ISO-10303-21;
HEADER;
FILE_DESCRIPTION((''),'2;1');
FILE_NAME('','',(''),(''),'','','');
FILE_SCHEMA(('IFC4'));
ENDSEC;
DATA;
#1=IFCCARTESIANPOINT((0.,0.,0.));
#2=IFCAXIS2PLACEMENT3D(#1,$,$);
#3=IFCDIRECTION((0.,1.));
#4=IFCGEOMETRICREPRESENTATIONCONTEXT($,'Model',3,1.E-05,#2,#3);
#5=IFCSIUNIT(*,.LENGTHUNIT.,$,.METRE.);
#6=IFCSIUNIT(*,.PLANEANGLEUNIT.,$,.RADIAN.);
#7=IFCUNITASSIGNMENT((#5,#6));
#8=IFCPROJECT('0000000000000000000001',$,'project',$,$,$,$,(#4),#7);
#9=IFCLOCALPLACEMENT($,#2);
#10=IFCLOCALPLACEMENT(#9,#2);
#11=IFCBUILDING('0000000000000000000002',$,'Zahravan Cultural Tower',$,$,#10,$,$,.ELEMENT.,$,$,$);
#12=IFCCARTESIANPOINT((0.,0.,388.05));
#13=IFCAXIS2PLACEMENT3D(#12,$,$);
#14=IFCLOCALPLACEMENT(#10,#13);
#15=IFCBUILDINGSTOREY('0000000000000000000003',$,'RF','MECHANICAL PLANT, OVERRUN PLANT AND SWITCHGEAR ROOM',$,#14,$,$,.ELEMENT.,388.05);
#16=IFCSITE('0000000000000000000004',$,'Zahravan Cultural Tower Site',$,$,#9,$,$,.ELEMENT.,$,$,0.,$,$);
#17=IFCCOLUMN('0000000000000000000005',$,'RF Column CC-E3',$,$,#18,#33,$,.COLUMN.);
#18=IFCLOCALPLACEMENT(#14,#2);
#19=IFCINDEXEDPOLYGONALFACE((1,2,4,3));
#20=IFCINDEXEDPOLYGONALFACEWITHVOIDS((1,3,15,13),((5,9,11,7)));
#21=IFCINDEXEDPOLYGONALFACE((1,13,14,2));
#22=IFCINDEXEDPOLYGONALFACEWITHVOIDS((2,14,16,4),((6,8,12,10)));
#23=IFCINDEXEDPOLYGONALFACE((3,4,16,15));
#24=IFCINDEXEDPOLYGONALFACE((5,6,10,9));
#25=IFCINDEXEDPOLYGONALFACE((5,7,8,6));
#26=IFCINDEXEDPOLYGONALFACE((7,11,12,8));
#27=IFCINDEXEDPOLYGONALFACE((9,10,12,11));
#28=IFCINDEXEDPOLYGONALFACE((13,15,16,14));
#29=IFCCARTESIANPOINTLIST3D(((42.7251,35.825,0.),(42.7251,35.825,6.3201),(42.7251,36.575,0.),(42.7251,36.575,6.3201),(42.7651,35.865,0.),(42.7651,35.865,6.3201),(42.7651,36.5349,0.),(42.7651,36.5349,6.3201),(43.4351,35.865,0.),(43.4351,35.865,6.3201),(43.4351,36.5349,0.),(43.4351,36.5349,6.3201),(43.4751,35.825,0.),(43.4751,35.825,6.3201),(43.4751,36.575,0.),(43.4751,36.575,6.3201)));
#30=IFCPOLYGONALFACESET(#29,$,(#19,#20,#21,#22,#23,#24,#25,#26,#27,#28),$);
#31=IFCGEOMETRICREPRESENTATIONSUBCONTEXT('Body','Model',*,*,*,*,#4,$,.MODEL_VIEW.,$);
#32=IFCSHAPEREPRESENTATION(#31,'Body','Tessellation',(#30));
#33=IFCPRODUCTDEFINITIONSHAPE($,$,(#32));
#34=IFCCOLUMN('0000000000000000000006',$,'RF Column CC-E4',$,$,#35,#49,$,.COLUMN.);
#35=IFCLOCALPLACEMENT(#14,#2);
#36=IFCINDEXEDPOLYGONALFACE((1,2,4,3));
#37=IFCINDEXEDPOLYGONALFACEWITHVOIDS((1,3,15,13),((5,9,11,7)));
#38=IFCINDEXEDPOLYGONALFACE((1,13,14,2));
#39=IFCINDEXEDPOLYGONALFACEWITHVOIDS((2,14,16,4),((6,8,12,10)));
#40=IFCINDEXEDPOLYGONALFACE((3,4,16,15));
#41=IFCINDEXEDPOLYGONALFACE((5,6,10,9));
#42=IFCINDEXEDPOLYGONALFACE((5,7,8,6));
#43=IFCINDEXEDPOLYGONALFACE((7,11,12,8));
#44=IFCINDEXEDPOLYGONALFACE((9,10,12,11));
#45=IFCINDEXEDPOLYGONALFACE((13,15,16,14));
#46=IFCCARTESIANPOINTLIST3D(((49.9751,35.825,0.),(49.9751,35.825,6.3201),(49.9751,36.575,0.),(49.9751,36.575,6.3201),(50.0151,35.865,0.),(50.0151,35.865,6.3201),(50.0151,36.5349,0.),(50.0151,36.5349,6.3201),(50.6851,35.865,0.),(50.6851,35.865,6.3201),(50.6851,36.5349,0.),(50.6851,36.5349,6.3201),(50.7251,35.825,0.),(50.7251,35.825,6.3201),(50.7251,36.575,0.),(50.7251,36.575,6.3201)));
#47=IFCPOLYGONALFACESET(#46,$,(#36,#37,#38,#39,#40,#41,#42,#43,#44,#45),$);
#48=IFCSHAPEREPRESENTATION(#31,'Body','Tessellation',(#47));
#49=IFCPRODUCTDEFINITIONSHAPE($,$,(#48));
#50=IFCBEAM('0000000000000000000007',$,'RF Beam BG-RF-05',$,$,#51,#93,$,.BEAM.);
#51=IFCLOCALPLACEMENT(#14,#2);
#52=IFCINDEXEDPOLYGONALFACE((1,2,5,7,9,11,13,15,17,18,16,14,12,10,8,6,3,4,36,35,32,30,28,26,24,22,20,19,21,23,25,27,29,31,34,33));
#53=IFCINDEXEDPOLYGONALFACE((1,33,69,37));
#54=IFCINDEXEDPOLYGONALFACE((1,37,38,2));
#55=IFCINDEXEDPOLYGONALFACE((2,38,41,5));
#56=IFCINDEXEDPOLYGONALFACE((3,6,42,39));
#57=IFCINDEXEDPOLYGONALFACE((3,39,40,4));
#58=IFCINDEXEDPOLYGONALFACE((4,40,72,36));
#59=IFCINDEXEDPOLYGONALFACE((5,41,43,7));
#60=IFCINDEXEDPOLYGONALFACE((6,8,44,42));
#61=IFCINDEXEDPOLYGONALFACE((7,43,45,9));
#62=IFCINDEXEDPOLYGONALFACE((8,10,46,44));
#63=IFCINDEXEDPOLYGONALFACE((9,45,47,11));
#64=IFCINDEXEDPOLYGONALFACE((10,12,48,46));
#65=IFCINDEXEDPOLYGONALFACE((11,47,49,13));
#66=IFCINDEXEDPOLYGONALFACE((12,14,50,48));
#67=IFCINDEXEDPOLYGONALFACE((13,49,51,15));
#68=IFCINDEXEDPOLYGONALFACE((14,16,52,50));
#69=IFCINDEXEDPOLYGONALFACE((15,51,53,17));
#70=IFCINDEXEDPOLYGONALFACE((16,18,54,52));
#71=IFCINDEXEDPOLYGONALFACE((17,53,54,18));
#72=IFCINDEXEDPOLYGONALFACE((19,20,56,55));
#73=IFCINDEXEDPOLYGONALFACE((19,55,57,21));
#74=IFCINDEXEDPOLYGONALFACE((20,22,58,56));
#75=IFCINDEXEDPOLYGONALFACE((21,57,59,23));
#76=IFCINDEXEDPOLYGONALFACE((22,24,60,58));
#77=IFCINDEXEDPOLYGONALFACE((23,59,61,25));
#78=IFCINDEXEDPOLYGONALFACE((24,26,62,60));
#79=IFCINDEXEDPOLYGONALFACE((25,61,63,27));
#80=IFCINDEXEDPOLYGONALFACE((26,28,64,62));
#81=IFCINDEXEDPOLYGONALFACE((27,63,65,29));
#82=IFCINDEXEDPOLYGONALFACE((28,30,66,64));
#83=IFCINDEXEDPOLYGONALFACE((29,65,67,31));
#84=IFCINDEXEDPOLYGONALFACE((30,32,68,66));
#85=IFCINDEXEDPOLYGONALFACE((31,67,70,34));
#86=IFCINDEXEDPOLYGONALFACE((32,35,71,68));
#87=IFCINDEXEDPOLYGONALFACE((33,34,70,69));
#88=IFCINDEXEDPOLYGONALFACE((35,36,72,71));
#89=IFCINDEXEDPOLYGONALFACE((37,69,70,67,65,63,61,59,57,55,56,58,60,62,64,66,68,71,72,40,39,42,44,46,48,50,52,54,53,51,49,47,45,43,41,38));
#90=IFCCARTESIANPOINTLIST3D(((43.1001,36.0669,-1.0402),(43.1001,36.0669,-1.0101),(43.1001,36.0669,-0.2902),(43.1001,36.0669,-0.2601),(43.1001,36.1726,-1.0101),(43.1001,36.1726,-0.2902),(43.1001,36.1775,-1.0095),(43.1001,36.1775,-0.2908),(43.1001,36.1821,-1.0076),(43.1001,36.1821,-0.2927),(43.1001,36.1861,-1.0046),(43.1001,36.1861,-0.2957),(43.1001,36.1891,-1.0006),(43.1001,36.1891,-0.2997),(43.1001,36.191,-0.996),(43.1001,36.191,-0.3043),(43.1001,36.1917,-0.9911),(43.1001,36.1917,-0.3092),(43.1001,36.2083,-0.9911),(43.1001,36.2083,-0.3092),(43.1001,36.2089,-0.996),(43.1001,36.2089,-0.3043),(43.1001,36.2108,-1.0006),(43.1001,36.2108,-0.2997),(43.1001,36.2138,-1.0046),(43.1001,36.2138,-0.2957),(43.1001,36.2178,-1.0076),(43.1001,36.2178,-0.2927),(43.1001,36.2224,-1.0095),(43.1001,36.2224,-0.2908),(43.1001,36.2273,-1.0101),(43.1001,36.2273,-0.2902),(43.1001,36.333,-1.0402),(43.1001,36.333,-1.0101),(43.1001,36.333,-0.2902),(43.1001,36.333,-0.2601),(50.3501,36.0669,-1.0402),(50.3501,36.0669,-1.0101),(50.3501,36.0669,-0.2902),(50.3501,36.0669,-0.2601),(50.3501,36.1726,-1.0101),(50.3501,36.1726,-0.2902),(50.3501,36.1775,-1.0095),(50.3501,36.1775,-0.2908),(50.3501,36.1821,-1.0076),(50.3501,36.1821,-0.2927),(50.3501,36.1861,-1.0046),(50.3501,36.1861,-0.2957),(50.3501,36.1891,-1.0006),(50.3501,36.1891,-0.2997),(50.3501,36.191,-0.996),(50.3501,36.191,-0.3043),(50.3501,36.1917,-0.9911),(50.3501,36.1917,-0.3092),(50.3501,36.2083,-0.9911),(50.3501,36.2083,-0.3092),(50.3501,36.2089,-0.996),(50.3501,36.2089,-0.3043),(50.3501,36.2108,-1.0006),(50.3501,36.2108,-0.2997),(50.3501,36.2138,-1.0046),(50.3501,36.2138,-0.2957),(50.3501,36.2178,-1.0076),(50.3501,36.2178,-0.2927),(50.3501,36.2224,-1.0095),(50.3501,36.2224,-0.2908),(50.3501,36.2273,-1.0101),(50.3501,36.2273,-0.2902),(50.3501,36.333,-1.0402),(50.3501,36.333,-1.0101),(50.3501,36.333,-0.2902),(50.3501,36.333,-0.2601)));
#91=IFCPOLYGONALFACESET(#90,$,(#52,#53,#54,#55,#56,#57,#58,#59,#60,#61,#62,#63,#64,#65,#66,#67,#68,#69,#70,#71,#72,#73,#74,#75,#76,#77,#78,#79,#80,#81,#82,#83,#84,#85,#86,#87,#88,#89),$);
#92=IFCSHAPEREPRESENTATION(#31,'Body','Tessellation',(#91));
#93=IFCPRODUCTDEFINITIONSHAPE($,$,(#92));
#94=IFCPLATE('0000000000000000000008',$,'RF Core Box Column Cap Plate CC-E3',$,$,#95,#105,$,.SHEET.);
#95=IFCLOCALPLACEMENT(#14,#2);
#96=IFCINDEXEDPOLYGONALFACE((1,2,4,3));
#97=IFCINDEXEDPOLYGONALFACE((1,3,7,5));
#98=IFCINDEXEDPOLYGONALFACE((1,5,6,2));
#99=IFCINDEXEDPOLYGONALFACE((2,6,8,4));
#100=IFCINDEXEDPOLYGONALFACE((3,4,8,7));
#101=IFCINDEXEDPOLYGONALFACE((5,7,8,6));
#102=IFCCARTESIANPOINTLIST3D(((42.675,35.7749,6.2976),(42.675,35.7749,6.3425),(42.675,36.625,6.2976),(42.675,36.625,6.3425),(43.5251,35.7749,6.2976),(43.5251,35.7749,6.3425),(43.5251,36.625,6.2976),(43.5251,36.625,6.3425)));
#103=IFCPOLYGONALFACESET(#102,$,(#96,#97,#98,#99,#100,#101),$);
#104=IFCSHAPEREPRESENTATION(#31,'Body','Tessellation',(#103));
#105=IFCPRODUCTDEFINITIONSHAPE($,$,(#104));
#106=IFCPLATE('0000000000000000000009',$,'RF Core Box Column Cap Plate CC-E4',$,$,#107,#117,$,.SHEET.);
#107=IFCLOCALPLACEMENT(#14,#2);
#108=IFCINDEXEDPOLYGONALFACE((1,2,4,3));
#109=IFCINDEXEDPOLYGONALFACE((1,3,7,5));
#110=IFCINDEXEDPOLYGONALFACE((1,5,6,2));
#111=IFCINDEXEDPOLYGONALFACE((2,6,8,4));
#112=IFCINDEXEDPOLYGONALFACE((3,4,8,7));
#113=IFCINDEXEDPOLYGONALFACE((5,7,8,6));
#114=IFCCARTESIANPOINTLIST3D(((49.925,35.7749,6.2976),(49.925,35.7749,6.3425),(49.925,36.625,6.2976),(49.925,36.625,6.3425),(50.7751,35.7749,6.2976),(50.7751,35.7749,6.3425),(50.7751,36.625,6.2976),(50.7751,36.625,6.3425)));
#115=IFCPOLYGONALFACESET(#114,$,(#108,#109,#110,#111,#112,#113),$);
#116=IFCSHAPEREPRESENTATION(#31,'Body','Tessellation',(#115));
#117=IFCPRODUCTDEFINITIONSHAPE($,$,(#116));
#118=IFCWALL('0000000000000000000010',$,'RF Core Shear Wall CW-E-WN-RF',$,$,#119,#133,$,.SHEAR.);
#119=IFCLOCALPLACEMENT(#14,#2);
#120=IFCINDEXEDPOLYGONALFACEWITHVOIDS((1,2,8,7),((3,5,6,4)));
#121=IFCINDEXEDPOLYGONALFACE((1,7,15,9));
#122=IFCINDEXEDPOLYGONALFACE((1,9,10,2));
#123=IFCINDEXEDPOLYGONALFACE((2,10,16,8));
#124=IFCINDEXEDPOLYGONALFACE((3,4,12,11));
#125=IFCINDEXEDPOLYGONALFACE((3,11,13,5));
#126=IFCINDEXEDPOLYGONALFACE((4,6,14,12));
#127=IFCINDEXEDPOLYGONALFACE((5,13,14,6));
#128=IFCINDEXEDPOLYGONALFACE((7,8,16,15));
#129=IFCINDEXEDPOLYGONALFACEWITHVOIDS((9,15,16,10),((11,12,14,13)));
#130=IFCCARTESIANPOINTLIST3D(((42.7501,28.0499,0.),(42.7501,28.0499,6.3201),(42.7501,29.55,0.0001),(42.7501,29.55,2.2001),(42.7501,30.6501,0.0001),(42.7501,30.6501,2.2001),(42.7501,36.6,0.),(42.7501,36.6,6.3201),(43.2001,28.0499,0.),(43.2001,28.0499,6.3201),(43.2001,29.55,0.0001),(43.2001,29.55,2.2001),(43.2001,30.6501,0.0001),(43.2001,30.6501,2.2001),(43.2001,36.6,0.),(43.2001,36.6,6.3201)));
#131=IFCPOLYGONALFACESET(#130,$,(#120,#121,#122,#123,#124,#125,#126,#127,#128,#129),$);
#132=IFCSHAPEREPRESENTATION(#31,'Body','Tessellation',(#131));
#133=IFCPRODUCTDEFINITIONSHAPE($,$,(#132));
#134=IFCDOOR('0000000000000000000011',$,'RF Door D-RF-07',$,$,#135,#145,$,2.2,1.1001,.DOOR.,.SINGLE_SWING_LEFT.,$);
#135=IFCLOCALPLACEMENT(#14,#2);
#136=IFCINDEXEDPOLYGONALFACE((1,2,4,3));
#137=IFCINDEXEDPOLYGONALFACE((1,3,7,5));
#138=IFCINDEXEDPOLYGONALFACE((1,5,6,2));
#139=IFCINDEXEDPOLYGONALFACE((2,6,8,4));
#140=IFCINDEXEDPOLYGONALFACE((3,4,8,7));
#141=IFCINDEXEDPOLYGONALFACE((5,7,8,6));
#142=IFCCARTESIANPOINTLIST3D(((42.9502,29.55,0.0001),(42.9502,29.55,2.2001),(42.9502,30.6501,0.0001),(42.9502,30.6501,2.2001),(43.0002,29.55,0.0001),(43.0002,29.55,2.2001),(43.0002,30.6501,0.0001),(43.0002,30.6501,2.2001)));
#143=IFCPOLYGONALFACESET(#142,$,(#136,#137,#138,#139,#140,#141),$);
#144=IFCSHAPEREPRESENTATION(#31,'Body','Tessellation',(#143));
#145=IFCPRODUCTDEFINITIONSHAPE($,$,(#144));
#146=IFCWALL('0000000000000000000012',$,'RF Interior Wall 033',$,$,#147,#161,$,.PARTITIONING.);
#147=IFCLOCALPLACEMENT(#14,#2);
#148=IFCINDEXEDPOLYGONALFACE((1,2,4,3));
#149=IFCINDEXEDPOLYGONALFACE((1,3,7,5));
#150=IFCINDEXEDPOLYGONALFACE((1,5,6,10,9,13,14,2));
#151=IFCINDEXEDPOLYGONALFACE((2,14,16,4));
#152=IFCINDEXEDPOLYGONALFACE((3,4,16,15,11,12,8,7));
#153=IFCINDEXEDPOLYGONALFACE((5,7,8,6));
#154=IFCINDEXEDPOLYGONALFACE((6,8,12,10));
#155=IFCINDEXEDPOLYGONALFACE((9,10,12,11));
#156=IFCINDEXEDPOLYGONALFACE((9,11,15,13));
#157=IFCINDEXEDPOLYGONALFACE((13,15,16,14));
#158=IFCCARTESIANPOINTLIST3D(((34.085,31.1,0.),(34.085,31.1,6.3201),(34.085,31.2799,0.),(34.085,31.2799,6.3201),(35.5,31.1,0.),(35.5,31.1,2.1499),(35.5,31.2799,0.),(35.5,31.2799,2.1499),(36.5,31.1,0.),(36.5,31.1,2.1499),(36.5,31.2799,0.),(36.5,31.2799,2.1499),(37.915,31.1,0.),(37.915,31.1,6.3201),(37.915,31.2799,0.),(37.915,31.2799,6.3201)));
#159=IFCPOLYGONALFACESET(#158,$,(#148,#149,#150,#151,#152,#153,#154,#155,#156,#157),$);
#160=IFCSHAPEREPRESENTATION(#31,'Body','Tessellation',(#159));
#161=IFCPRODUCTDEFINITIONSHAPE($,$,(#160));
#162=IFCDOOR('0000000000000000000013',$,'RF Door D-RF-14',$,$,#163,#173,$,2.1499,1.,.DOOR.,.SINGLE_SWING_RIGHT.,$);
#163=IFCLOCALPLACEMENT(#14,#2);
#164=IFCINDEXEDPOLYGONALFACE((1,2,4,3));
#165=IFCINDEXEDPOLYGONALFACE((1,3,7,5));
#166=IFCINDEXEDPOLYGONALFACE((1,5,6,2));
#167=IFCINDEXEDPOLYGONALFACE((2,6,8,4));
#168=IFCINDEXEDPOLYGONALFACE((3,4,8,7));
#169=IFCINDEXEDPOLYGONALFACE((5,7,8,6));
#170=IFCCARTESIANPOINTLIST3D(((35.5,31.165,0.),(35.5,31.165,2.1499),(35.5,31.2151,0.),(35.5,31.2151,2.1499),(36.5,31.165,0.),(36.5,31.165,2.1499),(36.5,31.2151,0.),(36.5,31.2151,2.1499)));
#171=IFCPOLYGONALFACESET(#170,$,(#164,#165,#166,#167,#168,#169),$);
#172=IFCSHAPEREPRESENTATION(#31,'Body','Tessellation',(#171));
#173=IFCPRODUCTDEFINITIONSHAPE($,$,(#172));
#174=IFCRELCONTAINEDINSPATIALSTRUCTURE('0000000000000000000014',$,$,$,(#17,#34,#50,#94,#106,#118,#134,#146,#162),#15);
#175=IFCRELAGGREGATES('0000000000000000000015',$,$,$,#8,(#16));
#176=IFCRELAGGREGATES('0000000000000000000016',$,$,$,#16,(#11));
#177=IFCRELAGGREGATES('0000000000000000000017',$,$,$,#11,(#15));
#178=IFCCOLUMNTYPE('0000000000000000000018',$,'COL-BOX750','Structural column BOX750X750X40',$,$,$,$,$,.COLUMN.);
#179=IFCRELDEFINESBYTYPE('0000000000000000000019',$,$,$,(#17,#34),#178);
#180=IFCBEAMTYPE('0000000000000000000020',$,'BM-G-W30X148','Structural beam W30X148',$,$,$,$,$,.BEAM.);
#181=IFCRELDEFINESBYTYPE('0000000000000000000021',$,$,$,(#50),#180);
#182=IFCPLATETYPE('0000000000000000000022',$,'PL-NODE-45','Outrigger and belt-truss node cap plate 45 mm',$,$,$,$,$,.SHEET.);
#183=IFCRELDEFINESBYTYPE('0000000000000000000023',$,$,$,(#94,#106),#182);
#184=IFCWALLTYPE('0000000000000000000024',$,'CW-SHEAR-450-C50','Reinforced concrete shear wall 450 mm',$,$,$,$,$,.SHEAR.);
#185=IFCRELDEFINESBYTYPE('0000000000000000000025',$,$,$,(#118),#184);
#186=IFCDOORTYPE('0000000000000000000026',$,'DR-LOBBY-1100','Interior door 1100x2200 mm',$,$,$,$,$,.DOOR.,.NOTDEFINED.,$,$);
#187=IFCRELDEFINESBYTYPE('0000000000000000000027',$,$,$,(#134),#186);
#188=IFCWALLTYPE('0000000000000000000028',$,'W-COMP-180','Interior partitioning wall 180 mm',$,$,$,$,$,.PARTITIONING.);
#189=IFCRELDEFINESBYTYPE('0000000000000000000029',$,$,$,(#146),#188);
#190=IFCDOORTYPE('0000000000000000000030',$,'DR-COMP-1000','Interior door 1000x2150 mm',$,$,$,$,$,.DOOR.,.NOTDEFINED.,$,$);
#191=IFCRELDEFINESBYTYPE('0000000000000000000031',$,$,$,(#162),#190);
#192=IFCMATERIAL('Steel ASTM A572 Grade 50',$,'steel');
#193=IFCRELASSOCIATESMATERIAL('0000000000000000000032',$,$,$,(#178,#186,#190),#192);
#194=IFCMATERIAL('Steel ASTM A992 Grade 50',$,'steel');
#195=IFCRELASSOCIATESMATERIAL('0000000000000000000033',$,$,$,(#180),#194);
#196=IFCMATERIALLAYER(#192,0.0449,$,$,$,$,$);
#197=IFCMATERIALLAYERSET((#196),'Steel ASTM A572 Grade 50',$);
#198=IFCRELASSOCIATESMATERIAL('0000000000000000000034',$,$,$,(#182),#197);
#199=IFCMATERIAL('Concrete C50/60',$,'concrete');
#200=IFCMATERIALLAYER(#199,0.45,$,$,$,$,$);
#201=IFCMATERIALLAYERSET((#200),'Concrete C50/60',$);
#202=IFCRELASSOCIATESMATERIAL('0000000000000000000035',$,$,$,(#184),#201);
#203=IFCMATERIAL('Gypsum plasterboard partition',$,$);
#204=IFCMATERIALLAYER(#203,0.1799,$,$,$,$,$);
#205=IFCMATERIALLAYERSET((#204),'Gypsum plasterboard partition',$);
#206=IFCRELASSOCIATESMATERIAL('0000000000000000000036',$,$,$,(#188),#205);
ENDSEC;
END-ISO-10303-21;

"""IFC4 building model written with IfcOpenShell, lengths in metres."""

from ifc_helpers import new_model, si_unit, direction, frame, frame_2d, origin, origin_2d, place, context, subcontext, project, spatial, rectangle, hollow_rectangle, i_section, extrude, source, transform, mapped, material, layer, layer_set, material_profile, profile_set, type_object, element, fill, save


model = new_model("IFC4")

# Units and contexts
model_context = context("Model", 3, precision=1e-05, world=origin(), true_north=direction((0.0, 1.0)))
body_context = subcontext(model_context, "Body", "Model", "MODEL_VIEW")
ifc_project = project(units=[si_unit("LENGTHUNIT", "METRE"), si_unit("PLANEANGLEUNIT", "RADIAN")], contexts=[model_context])

# Site, building, storey
site_placement = place(None, origin())
site = spatial("IfcSite", under=ifc_project, at=site_placement, Name="Zahravan Cultural Tower Site", CompositionType="ELEMENT", RefElevation=0.0)
building_placement = place(site_placement, origin())
building = spatial("IfcBuilding", under=site, at=building_placement, Name="Zahravan Cultural Tower", CompositionType="ELEMENT")
storey_placement = place(building_placement, frame((0.0, 0.0, 388.05)))
storey = spatial("IfcBuildingStorey", under=building, at=storey_placement, Name="RF", Description="MECHANICAL PLANT, OVERRUN PLANT AND SWITCHGEAR ROOM", CompositionType="ELEMENT", Elevation=388.05)

# Columns
ifc_material_1 = material(Name="Steel ASTM A572 Grade 50", Category="steel")
ifc_material_profile_1 = material_profile(ifc_material_1, hollow_rectangle(XDim=0.75, YDim=0.75, WallThickness=0.04, at=origin_2d()), Name="BOX750X750X40")
ifc_profile_set_1 = profile_set([ifc_material_profile_1], Name="Steel ASTM A572 Grade 50")
column_type = type_object("IfcColumnType", Name="COL-BOX750", Description="Structural column BOX750X750X40", PredefinedType="COLUMN", material=ifc_profile_set_1)
shared_shape_1 = source(origin(), body_context, "Body", "SweptSolid", [
    extrude(hollow_rectangle(XDim=0.75, YDim=0.75, WallThickness=0.04, at=origin_2d()), origin(), (0.0, 0.0, 1.0), 6.3201),
])
for number, where, z_axis, x_axis, name in (
    (1, (43.1001, 36.2, 0.0), (0.0, 0.0, 1.0), (1.0, 0.0, 0.0), "RF Column CC-E3"),
    (2, (50.3501, 36.2, 0.0), (0.0, 0.0, 1.0), (1.0, 0.0, 0.0), "RF Column CC-E4"),
):
    element("IfcColumn", number, at=place(storey_placement, frame(where, z_axis=z_axis, x_axis=x_axis)), inside=storey, type_object=column_type, Name=name, PredefinedType="COLUMN", context=body_context, shape_type="MappedRepresentation", body=[
        mapped(shared_shape_1, transform((0.0, 0.0, 0.0), x_axis=(1.0, 0.0, 0.0), y_axis=(0.0, 1.0, 0.0), z_axis=(0.0, 0.0, 1.0), scale=1.0)),
    ])

# Beam
ifc_material_2 = material(Name="Steel ASTM A992 Grade 50", Category="steel")
ifc_material_profile_2 = material_profile(ifc_material_2, i_section(OverallWidth=0.2661, OverallDepth=0.78, WebThickness=0.0166, FlangeThickness=0.03, FilletRadius=0.019, at=origin_2d()), Name="W30X148")
ifc_profile_set_2 = profile_set([ifc_material_profile_2], Name="Steel ASTM A992 Grade 50")
beam_type = type_object("IfcBeamType", Name="BM-G-W30X148", Description="Structural beam W30X148", PredefinedType="BEAM", material=ifc_profile_set_2)
shared_shape_2 = source(origin(), body_context, "Body", "SweptSolid", [
    extrude(i_section(OverallWidth=0.2661, OverallDepth=0.78, WebThickness=0.0166, FlangeThickness=0.03, FilletRadius=0.019, at=origin_2d()), origin(), (0.0, 0.0, 1.0), 7.25),
])
beam_placement = place(storey_placement, frame((43.1001, 36.2, -0.6501), z_axis=(1.0, 0.0, 0.0), x_axis=(0.0, 1.0, 0.0)))
element("IfcBeam", 3, at=beam_placement, inside=storey, type_object=beam_type, Name="RF Beam BG-RF-05", PredefinedType="BEAM", context=body_context, shape_type="MappedRepresentation", body=[
    mapped(shared_shape_2, transform((0.0, 0.0, 0.0), x_axis=(1.0, 0.0, 0.0), y_axis=(0.0, 1.0, 0.0), z_axis=(0.0, 0.0, 1.0), scale=1.0)),
])

# Plates
ifc_layer_1 = layer(ifc_material_1, 0.0449)
ifc_layer_set_1 = layer_set([ifc_layer_1], Name="Steel ASTM A572 Grade 50")
plate_type = type_object("IfcPlateType", Name="PL-NODE-45", Description="Outrigger and belt-truss node cap plate 45 mm", PredefinedType="SHEET", material=ifc_layer_set_1)
shared_shape_3 = source(origin(), body_context, "Body", "SweptSolid", [
    extrude(rectangle(XDim=0.8501, YDim=0.8501, at=origin_2d()), origin(), (0.0, 0.0, 1.0), 0.0449),
])
for number, where, z_axis, x_axis, name in (
    (4, (43.1001, 36.2, 6.2976), (0.0, 0.0, 1.0), (1.0, 0.0, 0.0), "RF Core Box Column Cap Plate CC-E3"),
    (5, (50.3501, 36.2, 6.2976), (0.0, 0.0, 1.0), (1.0, 0.0, 0.0), "RF Core Box Column Cap Plate CC-E4"),
):
    element("IfcPlate", number, at=place(storey_placement, frame(where, z_axis=z_axis, x_axis=x_axis)), inside=storey, type_object=plate_type, Name=name, PredefinedType="SHEET", context=body_context, shape_type="MappedRepresentation", body=[
        mapped(shared_shape_3, transform((0.0, 0.0, 0.0), x_axis=(1.0, 0.0, 0.0), y_axis=(0.0, 1.0, 0.0), z_axis=(0.0, 0.0, 1.0), scale=1.0)),
    ])

# Walls, openings, doors
ifc_material_3 = material(Name="Concrete C50/60", Category="concrete")
ifc_layer_2 = layer(ifc_material_3, 0.45)
ifc_layer_set_2 = layer_set([ifc_layer_2], Name="Concrete C50/60")
wall_type_1 = type_object("IfcWallType", Name="CW-SHEAR-450-C50", Description="Reinforced concrete shear wall 450 mm", PredefinedType="SHEAR", material=ifc_layer_set_2)
wall_1_placement = place(storey_placement, frame((42.9751, 28.05, 0.0), z_axis=(0.0, 0.0, 1.0), x_axis=(0.0, 1.0, 0.0)))
wall_1 = element("IfcWall", 6, at=wall_1_placement, inside=storey, type_object=wall_type_1, Name="RF Core Shear Wall CW-E-WN-RF", PredefinedType="SHEAR", context=body_context, shape_type="SweptSolid", body=[
    extrude(rectangle(XDim=8.55, YDim=0.45, at=frame_2d((4.2749, 0.0))), origin(), (0.0, 0.0, 1.0), 6.3201),
])
opening_1_placement = place(wall_1_placement, frame((1.5, 0.0, 0.0)))
opening_1 = element("IfcOpeningElement", 7, at=opening_1_placement, cuts=wall_1, PredefinedType="OPENING", context=body_context, shape_type="SweptSolid", body=[
    extrude(rectangle(XDim=1.1001, YDim=2.2, at=frame_2d((0.55, 1.1001))), frame((0.0, 0.2349, 0.0), z_axis=(0.0, -1.0, 0.0), x_axis=(1.0, 0.0, 0.0)), (0.0, 0.0, 1.0), 0.47),
])
door_type_1 = type_object("IfcDoorType", Name="DR-LOBBY-1100", Description="Interior door 1100x2200 mm", OperationType="NOTDEFINED", PredefinedType="DOOR", material=ifc_material_1)
shared_shape_4 = source(origin(), body_context, "Body", "SweptSolid", [
    extrude(rectangle(XDim=1.1001, YDim=2.2, at=frame_2d((0.55, 1.1001))), frame((0.0, 0.0249, 0.0), z_axis=(0.0, -1.0, 0.0), x_axis=(1.0, 0.0, 0.0)), (0.0, 0.0, 1.0), 0.05),
])
door_1_placement = place(opening_1_placement, origin())
door_1 = element("IfcDoor", 8, at=door_1_placement, inside=storey, type_object=door_type_1, Name="RF Door D-RF-07", OperationType="SINGLE_SWING_LEFT", OverallHeight=2.2, OverallWidth=1.1001, PredefinedType="DOOR", context=body_context, shape_type="MappedRepresentation", body=[
    mapped(shared_shape_4, transform((0.0, 0.0, 0.0), x_axis=(1.0, 0.0, 0.0), y_axis=(0.0, 1.0, 0.0), z_axis=(0.0, 0.0, 1.0), scale=1.0)),
])
fill(opening_1, door_1)
ifc_material_4 = material(Name="Gypsum plasterboard partition")
ifc_layer_3 = layer(ifc_material_4, 0.1799)
ifc_layer_set_3 = layer_set([ifc_layer_3], Name="Gypsum plasterboard partition")
wall_type_2 = type_object("IfcWallType", Name="W-COMP-180", Description="Interior partitioning wall 180 mm", PredefinedType="PARTITIONING", material=ifc_layer_set_3)
wall_2_placement = place(storey_placement, frame((37.915, 31.1899, 0.0), z_axis=(0.0, 0.0, 1.0), x_axis=(-1.0, 0.0, 0.0)))
wall_2 = element("IfcWall", 9, at=wall_2_placement, inside=storey, type_object=wall_type_2, Name="RF Interior Wall 033", PredefinedType="PARTITIONING", context=body_context, shape_type="SweptSolid", body=[
    extrude(rectangle(XDim=3.8301, YDim=0.1799, at=frame_2d((1.915, 0.0))), origin(), (0.0, 0.0, 1.0), 6.3201),
])
opening_2_placement = place(wall_2_placement, frame((1.415, 0.0, 0.0)))
opening_2 = element("IfcOpeningElement", 10, at=opening_2_placement, cuts=wall_2, PredefinedType="OPENING", context=body_context, shape_type="SweptSolid", body=[
    extrude(rectangle(XDim=1.0, YDim=2.1499, at=frame_2d((0.5, 1.075))), frame((0.0, 0.0999, 0.0), z_axis=(0.0, -1.0, 0.0), x_axis=(1.0, 0.0, 0.0)), (0.0, 0.0, 1.0), 0.2),
])
door_type_2 = type_object("IfcDoorType", Name="DR-COMP-1000", Description="Interior door 1000x2150 mm", OperationType="NOTDEFINED", PredefinedType="DOOR", material=ifc_material_1)
shared_shape_5 = source(origin(), body_context, "Body", "SweptSolid", [
    extrude(rectangle(XDim=1.0, YDim=2.1499, at=frame_2d((0.5, 1.075))), frame((0.0, 0.0249, 0.0), z_axis=(0.0, -1.0, 0.0), x_axis=(1.0, 0.0, 0.0)), (0.0, 0.0, 1.0), 0.05),
])
door_2_placement = place(opening_2_placement, origin())
door_2 = element("IfcDoor", 11, at=door_2_placement, inside=storey, type_object=door_type_2, Name="RF Door D-RF-14", OperationType="SINGLE_SWING_RIGHT", OverallHeight=2.1499, OverallWidth=1.0, PredefinedType="DOOR", context=body_context, shape_type="MappedRepresentation", body=[
    mapped(shared_shape_5, transform((0.0, 0.0, 0.0), x_axis=(1.0, 0.0, 0.0), y_axis=(0.0, 1.0, 0.0), z_axis=(0.0, 0.0, 1.0), scale=1.0)),
])
fill(opening_2, door_2)

save(model, "model.ifc")
